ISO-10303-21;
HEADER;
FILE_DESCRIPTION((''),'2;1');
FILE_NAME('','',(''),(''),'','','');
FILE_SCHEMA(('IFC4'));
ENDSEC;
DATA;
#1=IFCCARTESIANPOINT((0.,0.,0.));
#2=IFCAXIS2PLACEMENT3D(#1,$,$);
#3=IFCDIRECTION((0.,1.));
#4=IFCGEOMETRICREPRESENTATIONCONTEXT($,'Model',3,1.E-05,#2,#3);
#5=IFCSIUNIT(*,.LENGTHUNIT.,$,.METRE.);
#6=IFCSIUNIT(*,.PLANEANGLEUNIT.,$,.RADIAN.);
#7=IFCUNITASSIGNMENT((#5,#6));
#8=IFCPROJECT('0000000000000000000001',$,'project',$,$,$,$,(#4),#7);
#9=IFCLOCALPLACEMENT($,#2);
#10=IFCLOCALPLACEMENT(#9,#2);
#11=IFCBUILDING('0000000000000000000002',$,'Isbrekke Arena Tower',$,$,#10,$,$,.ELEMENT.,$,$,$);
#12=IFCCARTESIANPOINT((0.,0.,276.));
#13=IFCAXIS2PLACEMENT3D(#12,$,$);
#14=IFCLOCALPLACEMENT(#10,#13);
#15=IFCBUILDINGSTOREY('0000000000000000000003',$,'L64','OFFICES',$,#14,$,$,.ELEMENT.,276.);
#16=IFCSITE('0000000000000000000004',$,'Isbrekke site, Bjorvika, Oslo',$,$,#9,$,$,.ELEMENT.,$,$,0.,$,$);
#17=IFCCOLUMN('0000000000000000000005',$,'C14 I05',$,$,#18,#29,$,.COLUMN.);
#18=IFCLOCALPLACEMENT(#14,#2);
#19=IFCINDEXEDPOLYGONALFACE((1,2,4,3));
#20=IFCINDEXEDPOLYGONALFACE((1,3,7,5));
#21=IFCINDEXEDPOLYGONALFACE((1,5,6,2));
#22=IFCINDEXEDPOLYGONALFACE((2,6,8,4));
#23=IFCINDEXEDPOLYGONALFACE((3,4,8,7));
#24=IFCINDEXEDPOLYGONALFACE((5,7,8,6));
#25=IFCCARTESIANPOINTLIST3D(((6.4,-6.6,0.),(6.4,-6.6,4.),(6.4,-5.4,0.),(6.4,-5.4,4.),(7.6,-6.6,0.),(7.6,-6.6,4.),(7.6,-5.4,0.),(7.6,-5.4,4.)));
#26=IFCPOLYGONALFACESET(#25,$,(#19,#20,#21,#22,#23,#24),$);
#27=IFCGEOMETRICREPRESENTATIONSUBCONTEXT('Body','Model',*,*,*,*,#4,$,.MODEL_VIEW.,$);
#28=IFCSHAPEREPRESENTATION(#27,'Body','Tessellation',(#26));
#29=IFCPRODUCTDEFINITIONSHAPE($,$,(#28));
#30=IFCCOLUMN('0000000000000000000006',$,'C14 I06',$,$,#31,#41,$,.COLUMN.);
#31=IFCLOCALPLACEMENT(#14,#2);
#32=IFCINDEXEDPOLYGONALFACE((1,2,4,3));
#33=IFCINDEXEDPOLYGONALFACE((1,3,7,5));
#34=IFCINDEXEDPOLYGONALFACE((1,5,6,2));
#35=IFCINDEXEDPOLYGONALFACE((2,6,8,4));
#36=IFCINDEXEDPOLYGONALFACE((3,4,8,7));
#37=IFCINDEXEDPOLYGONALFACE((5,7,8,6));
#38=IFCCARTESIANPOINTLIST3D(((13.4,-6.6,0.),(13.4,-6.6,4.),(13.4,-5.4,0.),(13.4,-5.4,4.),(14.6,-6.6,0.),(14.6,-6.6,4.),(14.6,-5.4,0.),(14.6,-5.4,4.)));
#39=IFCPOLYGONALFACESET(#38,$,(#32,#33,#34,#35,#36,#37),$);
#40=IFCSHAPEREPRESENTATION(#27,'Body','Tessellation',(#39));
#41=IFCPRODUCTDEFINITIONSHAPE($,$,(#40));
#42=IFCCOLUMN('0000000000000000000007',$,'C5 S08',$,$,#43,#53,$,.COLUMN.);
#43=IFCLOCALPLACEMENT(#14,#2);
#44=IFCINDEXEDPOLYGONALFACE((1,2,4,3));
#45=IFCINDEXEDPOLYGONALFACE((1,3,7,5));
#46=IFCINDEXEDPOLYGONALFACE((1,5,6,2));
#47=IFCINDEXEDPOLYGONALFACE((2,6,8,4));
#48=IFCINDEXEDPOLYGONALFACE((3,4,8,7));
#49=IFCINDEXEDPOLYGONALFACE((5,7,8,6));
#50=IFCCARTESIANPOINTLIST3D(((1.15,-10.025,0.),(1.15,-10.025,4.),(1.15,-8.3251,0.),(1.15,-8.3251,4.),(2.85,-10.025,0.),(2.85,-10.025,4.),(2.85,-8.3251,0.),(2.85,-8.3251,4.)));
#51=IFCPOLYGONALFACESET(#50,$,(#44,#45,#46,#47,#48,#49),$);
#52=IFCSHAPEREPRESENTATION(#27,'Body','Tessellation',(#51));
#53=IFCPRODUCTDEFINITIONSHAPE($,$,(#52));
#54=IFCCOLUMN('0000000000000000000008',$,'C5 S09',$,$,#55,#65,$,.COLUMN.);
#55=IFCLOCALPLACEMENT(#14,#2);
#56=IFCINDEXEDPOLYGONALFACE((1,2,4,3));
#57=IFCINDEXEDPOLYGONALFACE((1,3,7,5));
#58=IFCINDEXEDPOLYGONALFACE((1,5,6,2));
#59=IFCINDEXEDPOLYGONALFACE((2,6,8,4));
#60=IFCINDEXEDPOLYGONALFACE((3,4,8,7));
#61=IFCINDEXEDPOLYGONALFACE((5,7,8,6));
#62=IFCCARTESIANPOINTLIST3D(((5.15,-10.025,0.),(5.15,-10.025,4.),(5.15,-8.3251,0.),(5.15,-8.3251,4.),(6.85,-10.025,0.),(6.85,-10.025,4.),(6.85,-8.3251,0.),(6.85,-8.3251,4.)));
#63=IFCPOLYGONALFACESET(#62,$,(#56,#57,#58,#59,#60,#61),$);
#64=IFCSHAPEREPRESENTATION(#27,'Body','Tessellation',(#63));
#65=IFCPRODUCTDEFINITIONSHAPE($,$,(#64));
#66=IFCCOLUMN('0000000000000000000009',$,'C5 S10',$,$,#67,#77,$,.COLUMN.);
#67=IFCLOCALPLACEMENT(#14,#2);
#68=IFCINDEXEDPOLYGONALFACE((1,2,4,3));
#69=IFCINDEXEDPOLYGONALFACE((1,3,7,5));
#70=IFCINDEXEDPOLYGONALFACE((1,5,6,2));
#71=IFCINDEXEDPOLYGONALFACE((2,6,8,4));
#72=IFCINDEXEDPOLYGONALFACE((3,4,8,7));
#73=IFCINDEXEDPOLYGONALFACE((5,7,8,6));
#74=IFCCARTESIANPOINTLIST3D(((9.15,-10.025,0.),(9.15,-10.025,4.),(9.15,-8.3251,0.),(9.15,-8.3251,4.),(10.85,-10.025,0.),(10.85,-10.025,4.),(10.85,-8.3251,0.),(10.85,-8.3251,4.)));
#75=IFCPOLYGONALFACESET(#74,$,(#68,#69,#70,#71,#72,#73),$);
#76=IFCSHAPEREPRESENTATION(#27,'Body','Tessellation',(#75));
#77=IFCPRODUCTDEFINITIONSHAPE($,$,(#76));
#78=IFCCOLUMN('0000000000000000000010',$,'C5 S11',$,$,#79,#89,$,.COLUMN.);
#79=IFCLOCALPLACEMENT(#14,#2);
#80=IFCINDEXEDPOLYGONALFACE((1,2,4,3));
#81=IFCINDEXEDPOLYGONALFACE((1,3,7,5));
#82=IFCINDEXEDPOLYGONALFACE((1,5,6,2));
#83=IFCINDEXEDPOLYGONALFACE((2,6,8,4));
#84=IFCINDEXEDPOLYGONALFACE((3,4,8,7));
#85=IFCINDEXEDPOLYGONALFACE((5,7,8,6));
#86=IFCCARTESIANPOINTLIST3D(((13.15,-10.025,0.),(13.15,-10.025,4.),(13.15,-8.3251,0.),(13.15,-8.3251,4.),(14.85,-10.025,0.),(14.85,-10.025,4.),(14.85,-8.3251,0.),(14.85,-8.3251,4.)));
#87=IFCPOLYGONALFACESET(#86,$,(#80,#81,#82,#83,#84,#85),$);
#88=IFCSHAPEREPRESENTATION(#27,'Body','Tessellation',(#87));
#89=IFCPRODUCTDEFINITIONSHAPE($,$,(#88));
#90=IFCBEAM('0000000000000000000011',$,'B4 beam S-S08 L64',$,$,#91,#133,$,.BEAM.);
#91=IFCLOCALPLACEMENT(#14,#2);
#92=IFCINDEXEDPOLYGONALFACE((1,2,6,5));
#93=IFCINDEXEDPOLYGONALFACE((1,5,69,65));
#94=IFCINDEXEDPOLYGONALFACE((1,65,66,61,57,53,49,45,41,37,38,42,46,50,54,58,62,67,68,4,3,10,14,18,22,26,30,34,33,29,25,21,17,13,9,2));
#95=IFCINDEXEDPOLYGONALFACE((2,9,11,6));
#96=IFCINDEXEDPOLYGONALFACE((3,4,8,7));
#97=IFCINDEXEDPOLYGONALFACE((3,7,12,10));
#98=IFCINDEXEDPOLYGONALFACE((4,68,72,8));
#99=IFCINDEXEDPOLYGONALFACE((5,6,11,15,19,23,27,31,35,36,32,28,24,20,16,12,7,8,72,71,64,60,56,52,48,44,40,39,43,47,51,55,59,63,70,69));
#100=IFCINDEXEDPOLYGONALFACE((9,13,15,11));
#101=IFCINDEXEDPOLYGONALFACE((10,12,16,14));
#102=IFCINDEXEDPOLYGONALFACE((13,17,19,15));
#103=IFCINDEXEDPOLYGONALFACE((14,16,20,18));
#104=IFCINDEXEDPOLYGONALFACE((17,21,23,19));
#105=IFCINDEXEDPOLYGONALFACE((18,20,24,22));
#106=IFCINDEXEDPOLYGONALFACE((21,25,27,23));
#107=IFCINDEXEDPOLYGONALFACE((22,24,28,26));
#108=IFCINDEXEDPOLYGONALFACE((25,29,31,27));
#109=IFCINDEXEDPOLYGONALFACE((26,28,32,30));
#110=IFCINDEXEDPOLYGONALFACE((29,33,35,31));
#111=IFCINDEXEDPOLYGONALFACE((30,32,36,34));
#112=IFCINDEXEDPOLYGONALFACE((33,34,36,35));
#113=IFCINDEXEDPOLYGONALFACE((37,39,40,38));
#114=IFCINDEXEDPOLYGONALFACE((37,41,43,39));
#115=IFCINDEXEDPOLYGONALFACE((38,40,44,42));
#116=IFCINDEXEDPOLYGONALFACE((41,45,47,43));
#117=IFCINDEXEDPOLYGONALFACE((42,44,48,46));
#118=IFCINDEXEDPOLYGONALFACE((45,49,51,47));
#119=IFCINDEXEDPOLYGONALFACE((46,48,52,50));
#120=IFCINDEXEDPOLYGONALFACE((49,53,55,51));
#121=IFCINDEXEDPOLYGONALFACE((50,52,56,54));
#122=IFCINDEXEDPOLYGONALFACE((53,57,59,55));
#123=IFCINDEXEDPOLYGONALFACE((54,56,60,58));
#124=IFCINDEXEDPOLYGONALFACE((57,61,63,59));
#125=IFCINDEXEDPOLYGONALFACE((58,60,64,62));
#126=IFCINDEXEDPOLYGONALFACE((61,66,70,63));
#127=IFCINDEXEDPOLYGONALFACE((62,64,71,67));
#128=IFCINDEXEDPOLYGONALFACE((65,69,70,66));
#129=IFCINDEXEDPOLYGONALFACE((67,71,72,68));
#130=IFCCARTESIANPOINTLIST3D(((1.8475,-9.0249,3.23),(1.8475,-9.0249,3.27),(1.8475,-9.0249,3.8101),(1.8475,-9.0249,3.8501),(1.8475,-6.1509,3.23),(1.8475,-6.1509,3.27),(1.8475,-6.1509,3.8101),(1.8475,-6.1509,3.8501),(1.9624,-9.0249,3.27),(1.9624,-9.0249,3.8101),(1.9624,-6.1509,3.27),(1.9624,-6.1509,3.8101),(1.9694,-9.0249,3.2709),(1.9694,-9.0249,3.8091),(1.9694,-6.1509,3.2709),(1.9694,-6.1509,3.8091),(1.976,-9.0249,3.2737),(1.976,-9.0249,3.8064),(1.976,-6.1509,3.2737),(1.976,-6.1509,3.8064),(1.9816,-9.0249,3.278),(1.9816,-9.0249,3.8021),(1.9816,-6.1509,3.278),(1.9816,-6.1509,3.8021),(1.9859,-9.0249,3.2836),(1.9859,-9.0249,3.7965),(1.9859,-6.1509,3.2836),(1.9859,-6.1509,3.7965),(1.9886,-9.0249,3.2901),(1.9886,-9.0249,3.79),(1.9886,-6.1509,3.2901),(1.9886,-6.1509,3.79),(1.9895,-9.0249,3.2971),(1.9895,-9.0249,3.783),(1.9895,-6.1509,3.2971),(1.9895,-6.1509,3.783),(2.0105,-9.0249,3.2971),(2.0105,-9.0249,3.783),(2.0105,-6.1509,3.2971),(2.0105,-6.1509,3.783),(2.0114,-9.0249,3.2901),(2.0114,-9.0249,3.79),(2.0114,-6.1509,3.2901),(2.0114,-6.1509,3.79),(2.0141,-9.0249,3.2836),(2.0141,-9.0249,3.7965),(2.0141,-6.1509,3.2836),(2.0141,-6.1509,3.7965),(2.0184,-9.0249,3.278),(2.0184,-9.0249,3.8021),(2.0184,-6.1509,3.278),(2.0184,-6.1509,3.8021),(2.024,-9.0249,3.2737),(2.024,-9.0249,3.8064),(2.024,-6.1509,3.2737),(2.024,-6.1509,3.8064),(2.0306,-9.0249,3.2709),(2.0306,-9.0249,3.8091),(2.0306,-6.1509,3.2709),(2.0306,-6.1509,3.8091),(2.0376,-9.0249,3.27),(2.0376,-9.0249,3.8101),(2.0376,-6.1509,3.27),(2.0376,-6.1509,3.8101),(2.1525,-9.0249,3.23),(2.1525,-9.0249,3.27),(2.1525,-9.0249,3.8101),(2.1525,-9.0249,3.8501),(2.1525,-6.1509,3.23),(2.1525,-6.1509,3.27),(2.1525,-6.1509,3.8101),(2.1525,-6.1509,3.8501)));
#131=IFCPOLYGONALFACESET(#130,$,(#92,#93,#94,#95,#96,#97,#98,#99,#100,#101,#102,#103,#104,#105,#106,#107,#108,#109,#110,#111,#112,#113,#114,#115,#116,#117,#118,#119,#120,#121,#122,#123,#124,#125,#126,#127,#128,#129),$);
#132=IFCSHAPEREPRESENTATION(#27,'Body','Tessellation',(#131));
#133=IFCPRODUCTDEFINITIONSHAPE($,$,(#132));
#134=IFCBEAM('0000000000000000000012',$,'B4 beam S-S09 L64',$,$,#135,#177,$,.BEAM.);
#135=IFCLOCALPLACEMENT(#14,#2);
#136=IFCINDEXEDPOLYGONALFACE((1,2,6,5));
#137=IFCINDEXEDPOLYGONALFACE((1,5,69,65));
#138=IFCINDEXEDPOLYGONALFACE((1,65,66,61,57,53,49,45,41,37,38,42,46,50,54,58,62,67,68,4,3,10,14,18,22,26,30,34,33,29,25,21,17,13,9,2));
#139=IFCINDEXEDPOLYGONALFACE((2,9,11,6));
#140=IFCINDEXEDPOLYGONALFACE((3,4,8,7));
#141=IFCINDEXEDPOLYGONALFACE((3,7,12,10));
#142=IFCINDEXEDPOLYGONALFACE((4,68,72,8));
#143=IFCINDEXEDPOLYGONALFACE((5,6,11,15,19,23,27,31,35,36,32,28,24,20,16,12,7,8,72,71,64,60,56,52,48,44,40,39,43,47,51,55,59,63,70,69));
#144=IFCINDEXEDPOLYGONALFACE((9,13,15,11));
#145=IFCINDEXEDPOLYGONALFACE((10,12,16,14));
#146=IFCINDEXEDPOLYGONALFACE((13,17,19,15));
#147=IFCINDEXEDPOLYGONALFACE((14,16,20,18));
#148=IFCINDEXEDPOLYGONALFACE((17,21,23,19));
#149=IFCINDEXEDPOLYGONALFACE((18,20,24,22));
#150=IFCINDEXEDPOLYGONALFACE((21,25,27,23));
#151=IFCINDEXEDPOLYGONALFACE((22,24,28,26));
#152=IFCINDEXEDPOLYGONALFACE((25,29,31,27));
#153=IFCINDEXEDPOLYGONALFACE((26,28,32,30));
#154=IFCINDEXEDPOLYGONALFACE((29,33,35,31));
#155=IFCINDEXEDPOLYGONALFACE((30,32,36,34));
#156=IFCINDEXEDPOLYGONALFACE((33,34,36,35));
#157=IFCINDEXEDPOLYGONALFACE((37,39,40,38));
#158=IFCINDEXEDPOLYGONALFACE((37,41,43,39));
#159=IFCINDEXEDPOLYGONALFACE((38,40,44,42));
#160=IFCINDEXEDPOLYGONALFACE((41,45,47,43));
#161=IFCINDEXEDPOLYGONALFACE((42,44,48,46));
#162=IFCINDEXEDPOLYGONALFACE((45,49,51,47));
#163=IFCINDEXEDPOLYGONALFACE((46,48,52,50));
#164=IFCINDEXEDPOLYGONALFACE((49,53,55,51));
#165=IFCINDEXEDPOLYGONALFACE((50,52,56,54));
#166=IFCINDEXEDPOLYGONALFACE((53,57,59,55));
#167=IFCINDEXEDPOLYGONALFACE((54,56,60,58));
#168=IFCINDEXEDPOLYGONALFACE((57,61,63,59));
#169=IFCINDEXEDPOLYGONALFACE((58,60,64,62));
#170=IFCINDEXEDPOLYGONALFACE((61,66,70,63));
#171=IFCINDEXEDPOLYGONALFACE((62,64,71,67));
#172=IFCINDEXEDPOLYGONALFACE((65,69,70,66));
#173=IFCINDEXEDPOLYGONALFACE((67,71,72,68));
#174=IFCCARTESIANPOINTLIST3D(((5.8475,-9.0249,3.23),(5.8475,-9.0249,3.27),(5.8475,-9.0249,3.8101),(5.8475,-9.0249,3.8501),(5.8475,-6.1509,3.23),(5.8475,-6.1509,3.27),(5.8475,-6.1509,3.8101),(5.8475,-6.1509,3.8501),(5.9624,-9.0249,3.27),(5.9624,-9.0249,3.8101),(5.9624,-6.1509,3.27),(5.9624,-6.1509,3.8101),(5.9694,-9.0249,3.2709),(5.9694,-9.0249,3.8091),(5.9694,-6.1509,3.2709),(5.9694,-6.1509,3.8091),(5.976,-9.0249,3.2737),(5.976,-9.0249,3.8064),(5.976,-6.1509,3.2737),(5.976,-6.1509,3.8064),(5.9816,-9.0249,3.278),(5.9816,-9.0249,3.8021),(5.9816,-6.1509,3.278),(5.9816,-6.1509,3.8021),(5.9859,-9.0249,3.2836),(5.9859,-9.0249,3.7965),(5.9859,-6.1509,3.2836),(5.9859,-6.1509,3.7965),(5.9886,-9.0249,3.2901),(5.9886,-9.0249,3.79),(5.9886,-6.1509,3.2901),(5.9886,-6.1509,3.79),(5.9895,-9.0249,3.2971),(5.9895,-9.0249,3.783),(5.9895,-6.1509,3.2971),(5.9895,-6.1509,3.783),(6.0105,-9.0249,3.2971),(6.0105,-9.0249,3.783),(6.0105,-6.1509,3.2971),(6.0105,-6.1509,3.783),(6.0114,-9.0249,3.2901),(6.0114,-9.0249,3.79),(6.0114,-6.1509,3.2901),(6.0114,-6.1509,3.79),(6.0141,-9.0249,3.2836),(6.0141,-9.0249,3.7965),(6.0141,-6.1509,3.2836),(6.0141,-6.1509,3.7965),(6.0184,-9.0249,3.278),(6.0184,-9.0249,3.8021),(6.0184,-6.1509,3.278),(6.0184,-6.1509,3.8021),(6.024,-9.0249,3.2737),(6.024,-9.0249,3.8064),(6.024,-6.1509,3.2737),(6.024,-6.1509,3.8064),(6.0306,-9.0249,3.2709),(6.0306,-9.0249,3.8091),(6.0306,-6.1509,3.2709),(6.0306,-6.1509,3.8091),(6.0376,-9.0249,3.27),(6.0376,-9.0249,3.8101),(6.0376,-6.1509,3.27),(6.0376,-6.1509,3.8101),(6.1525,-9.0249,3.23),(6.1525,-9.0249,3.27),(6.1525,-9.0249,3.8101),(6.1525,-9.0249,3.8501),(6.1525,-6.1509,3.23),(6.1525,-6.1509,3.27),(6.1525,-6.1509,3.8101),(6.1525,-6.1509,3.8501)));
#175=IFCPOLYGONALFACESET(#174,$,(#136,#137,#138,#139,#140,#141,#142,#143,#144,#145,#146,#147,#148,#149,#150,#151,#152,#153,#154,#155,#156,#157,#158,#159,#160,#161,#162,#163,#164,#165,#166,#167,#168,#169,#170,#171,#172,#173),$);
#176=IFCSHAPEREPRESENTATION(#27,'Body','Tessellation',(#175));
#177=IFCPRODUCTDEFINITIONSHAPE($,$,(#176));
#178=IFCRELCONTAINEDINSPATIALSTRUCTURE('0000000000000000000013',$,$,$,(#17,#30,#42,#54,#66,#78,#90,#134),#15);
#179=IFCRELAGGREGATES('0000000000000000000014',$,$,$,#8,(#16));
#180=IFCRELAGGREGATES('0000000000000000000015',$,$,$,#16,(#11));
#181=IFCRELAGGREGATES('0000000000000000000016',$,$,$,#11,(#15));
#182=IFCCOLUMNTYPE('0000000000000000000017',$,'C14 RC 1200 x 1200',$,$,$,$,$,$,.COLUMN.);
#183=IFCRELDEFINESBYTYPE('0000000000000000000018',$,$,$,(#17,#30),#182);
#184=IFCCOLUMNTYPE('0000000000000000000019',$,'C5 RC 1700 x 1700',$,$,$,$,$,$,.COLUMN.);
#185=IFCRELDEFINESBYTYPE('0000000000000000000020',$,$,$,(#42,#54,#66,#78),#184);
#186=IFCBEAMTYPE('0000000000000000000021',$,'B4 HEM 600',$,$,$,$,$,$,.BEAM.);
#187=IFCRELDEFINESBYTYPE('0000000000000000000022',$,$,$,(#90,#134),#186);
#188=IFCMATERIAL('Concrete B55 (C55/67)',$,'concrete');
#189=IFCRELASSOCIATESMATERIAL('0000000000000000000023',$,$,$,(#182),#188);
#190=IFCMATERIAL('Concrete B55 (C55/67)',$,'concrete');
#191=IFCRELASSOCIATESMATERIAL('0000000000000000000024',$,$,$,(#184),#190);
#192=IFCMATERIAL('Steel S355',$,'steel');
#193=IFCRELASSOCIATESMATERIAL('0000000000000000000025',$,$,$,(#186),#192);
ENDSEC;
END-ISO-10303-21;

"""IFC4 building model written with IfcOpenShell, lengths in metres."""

from ifc_helpers import new_model, si_unit, direction, frame, origin, origin_2d, place, context, subcontext, project, spatial, rectangle, i_section, extrude, material, material_profile, profile_set, type_object, element, save


model = new_model("IFC4")

# Units and contexts
model_context = context("Model", 3, precision=1e-05, world=origin(), true_north=direction((0.0, 1.0)))
body_context = subcontext(model_context, "Body", "Model", "MODEL_VIEW")
ifc_project = project(units=[si_unit("LENGTHUNIT", "METRE"), si_unit("PLANEANGLEUNIT", "RADIAN")], contexts=[model_context])

# Site, building, storey
site_placement = place(None, origin())
site = spatial("IfcSite", under=ifc_project, at=site_placement, Name="Isbrekke site, Bjorvika, Oslo", CompositionType="ELEMENT", RefElevation=0.0)
building_placement = place(site_placement, origin())
building = spatial("IfcBuilding", under=site, at=building_placement, Name="Isbrekke Arena Tower", CompositionType="ELEMENT")
storey_placement = place(building_placement, frame((0.0, 0.0, 276.0)))
storey = spatial("IfcBuildingStorey", under=building, at=storey_placement, Name="L64", Description="OFFICES", CompositionType="ELEMENT", Elevation=276.0)

# Columns
ifc_material_1 = material(Name="Concrete B55 (C55/67)", Category="concrete")
ifc_material_profile_1 = material_profile(ifc_material_1, rectangle(XDim=1.2, YDim=1.2, at=origin_2d()), Name="RC 1200x1200")
ifc_profile_set_1 = profile_set([ifc_material_profile_1], Name="Concrete B55 (C55/67)")
column_type_1 = type_object("IfcColumnType", Name="C14 RC 1200 x 1200", PredefinedType="COLUMN", material=ifc_profile_set_1)
for number, where, z_axis, x_axis, name in (
    (1, (7.0, -6.0, 0.0), (0.0, 0.0, 1.0), (1.0, 0.0, 0.0), "C14 I05"),
    (2, (14.0, -6.0, 0.0), (0.0, 0.0, 1.0), (1.0, 0.0, 0.0), "C14 I06"),
):
    element("IfcColumn", number, at=place(storey_placement, frame(where, z_axis=z_axis, x_axis=x_axis)), inside=storey, type_object=column_type_1, Name=name, PredefinedType="COLUMN", context=body_context, shape_type="SweptSolid", body=[
        extrude(rectangle(XDim=1.2, YDim=1.2, at=origin_2d()), origin(), (0.0, 0.0, 1.0), 4.0),
    ])
ifc_material_2 = material(Name="Concrete B55 (C55/67)", Category="concrete")
ifc_material_profile_2 = material_profile(ifc_material_2, rectangle(XDim=1.7, YDim=1.7, at=origin_2d()), Name="RC 1700x1700")
ifc_profile_set_2 = profile_set([ifc_material_profile_2], Name="Concrete B55 (C55/67)")
column_type_2 = type_object("IfcColumnType", Name="C5 RC 1700 x 1700", PredefinedType="COLUMN", material=ifc_profile_set_2)
for number, where, z_axis, x_axis, name in (
    (3, (2.0, -9.175, 0.0), (0.0, 0.0, 1.0), (1.0, 0.0, 0.0), "C5 S08"),
    (4, (6.0, -9.175, 0.0), (0.0, 0.0, 1.0), (1.0, 0.0, 0.0), "C5 S09"),
    (5, (10.0, -9.175, 0.0), (0.0, 0.0, 1.0), (1.0, 0.0, 0.0), "C5 S10"),
    (6, (14.0, -9.175, 0.0), (0.0, 0.0, 1.0), (1.0, 0.0, 0.0), "C5 S11"),
):
    element("IfcColumn", number, at=place(storey_placement, frame(where, z_axis=z_axis, x_axis=x_axis)), inside=storey, type_object=column_type_2, Name=name, PredefinedType="COLUMN", context=body_context, shape_type="SweptSolid", body=[
        extrude(rectangle(XDim=1.7, YDim=1.7, at=origin_2d()), origin(), (0.0, 0.0, 1.0), 4.0),
    ])

# Beams
ifc_material_3 = material(Name="Steel S355", Category="steel")
ifc_material_profile_3 = material_profile(ifc_material_3, i_section(OverallWidth=0.3049, OverallDepth=0.6201, WebThickness=0.021, FlangeThickness=0.04, FilletRadius=0.0271, at=origin_2d()), Name="HEM 600")
ifc_profile_set_3 = profile_set([ifc_material_profile_3], Name="Steel S355")
beam_type_1 = type_object("IfcBeamType", Name="B4 HEM 600", PredefinedType="BEAM", material=ifc_profile_set_3)
for number, where, z_axis, x_axis, name in (
    (7, (2.0, -9.0249, 3.54), (0.0, 1.0, 0.0), (-1.0, 0.0, 0.0), "B4 beam S-S08 L64"),
    (8, (6.0, -9.0249, 3.54), (0.0, 1.0, 0.0), (-1.0, 0.0, 0.0), "B4 beam S-S09 L64"),
):
    element("IfcBeam", number, at=place(storey_placement, frame(where, z_axis=z_axis, x_axis=x_axis)), inside=storey, type_object=beam_type_1, Name=name, PredefinedType="BEAM", context=body_context, shape_type="SweptSolid", body=[
        extrude(i_section(OverallWidth=0.3049, OverallDepth=0.6201, WebThickness=0.021, FlangeThickness=0.04, FilletRadius=0.0271, at=origin_2d()), origin(), (0.0, 0.0, 1.0), 2.874),
    ])

save(model, "model.ifc")
